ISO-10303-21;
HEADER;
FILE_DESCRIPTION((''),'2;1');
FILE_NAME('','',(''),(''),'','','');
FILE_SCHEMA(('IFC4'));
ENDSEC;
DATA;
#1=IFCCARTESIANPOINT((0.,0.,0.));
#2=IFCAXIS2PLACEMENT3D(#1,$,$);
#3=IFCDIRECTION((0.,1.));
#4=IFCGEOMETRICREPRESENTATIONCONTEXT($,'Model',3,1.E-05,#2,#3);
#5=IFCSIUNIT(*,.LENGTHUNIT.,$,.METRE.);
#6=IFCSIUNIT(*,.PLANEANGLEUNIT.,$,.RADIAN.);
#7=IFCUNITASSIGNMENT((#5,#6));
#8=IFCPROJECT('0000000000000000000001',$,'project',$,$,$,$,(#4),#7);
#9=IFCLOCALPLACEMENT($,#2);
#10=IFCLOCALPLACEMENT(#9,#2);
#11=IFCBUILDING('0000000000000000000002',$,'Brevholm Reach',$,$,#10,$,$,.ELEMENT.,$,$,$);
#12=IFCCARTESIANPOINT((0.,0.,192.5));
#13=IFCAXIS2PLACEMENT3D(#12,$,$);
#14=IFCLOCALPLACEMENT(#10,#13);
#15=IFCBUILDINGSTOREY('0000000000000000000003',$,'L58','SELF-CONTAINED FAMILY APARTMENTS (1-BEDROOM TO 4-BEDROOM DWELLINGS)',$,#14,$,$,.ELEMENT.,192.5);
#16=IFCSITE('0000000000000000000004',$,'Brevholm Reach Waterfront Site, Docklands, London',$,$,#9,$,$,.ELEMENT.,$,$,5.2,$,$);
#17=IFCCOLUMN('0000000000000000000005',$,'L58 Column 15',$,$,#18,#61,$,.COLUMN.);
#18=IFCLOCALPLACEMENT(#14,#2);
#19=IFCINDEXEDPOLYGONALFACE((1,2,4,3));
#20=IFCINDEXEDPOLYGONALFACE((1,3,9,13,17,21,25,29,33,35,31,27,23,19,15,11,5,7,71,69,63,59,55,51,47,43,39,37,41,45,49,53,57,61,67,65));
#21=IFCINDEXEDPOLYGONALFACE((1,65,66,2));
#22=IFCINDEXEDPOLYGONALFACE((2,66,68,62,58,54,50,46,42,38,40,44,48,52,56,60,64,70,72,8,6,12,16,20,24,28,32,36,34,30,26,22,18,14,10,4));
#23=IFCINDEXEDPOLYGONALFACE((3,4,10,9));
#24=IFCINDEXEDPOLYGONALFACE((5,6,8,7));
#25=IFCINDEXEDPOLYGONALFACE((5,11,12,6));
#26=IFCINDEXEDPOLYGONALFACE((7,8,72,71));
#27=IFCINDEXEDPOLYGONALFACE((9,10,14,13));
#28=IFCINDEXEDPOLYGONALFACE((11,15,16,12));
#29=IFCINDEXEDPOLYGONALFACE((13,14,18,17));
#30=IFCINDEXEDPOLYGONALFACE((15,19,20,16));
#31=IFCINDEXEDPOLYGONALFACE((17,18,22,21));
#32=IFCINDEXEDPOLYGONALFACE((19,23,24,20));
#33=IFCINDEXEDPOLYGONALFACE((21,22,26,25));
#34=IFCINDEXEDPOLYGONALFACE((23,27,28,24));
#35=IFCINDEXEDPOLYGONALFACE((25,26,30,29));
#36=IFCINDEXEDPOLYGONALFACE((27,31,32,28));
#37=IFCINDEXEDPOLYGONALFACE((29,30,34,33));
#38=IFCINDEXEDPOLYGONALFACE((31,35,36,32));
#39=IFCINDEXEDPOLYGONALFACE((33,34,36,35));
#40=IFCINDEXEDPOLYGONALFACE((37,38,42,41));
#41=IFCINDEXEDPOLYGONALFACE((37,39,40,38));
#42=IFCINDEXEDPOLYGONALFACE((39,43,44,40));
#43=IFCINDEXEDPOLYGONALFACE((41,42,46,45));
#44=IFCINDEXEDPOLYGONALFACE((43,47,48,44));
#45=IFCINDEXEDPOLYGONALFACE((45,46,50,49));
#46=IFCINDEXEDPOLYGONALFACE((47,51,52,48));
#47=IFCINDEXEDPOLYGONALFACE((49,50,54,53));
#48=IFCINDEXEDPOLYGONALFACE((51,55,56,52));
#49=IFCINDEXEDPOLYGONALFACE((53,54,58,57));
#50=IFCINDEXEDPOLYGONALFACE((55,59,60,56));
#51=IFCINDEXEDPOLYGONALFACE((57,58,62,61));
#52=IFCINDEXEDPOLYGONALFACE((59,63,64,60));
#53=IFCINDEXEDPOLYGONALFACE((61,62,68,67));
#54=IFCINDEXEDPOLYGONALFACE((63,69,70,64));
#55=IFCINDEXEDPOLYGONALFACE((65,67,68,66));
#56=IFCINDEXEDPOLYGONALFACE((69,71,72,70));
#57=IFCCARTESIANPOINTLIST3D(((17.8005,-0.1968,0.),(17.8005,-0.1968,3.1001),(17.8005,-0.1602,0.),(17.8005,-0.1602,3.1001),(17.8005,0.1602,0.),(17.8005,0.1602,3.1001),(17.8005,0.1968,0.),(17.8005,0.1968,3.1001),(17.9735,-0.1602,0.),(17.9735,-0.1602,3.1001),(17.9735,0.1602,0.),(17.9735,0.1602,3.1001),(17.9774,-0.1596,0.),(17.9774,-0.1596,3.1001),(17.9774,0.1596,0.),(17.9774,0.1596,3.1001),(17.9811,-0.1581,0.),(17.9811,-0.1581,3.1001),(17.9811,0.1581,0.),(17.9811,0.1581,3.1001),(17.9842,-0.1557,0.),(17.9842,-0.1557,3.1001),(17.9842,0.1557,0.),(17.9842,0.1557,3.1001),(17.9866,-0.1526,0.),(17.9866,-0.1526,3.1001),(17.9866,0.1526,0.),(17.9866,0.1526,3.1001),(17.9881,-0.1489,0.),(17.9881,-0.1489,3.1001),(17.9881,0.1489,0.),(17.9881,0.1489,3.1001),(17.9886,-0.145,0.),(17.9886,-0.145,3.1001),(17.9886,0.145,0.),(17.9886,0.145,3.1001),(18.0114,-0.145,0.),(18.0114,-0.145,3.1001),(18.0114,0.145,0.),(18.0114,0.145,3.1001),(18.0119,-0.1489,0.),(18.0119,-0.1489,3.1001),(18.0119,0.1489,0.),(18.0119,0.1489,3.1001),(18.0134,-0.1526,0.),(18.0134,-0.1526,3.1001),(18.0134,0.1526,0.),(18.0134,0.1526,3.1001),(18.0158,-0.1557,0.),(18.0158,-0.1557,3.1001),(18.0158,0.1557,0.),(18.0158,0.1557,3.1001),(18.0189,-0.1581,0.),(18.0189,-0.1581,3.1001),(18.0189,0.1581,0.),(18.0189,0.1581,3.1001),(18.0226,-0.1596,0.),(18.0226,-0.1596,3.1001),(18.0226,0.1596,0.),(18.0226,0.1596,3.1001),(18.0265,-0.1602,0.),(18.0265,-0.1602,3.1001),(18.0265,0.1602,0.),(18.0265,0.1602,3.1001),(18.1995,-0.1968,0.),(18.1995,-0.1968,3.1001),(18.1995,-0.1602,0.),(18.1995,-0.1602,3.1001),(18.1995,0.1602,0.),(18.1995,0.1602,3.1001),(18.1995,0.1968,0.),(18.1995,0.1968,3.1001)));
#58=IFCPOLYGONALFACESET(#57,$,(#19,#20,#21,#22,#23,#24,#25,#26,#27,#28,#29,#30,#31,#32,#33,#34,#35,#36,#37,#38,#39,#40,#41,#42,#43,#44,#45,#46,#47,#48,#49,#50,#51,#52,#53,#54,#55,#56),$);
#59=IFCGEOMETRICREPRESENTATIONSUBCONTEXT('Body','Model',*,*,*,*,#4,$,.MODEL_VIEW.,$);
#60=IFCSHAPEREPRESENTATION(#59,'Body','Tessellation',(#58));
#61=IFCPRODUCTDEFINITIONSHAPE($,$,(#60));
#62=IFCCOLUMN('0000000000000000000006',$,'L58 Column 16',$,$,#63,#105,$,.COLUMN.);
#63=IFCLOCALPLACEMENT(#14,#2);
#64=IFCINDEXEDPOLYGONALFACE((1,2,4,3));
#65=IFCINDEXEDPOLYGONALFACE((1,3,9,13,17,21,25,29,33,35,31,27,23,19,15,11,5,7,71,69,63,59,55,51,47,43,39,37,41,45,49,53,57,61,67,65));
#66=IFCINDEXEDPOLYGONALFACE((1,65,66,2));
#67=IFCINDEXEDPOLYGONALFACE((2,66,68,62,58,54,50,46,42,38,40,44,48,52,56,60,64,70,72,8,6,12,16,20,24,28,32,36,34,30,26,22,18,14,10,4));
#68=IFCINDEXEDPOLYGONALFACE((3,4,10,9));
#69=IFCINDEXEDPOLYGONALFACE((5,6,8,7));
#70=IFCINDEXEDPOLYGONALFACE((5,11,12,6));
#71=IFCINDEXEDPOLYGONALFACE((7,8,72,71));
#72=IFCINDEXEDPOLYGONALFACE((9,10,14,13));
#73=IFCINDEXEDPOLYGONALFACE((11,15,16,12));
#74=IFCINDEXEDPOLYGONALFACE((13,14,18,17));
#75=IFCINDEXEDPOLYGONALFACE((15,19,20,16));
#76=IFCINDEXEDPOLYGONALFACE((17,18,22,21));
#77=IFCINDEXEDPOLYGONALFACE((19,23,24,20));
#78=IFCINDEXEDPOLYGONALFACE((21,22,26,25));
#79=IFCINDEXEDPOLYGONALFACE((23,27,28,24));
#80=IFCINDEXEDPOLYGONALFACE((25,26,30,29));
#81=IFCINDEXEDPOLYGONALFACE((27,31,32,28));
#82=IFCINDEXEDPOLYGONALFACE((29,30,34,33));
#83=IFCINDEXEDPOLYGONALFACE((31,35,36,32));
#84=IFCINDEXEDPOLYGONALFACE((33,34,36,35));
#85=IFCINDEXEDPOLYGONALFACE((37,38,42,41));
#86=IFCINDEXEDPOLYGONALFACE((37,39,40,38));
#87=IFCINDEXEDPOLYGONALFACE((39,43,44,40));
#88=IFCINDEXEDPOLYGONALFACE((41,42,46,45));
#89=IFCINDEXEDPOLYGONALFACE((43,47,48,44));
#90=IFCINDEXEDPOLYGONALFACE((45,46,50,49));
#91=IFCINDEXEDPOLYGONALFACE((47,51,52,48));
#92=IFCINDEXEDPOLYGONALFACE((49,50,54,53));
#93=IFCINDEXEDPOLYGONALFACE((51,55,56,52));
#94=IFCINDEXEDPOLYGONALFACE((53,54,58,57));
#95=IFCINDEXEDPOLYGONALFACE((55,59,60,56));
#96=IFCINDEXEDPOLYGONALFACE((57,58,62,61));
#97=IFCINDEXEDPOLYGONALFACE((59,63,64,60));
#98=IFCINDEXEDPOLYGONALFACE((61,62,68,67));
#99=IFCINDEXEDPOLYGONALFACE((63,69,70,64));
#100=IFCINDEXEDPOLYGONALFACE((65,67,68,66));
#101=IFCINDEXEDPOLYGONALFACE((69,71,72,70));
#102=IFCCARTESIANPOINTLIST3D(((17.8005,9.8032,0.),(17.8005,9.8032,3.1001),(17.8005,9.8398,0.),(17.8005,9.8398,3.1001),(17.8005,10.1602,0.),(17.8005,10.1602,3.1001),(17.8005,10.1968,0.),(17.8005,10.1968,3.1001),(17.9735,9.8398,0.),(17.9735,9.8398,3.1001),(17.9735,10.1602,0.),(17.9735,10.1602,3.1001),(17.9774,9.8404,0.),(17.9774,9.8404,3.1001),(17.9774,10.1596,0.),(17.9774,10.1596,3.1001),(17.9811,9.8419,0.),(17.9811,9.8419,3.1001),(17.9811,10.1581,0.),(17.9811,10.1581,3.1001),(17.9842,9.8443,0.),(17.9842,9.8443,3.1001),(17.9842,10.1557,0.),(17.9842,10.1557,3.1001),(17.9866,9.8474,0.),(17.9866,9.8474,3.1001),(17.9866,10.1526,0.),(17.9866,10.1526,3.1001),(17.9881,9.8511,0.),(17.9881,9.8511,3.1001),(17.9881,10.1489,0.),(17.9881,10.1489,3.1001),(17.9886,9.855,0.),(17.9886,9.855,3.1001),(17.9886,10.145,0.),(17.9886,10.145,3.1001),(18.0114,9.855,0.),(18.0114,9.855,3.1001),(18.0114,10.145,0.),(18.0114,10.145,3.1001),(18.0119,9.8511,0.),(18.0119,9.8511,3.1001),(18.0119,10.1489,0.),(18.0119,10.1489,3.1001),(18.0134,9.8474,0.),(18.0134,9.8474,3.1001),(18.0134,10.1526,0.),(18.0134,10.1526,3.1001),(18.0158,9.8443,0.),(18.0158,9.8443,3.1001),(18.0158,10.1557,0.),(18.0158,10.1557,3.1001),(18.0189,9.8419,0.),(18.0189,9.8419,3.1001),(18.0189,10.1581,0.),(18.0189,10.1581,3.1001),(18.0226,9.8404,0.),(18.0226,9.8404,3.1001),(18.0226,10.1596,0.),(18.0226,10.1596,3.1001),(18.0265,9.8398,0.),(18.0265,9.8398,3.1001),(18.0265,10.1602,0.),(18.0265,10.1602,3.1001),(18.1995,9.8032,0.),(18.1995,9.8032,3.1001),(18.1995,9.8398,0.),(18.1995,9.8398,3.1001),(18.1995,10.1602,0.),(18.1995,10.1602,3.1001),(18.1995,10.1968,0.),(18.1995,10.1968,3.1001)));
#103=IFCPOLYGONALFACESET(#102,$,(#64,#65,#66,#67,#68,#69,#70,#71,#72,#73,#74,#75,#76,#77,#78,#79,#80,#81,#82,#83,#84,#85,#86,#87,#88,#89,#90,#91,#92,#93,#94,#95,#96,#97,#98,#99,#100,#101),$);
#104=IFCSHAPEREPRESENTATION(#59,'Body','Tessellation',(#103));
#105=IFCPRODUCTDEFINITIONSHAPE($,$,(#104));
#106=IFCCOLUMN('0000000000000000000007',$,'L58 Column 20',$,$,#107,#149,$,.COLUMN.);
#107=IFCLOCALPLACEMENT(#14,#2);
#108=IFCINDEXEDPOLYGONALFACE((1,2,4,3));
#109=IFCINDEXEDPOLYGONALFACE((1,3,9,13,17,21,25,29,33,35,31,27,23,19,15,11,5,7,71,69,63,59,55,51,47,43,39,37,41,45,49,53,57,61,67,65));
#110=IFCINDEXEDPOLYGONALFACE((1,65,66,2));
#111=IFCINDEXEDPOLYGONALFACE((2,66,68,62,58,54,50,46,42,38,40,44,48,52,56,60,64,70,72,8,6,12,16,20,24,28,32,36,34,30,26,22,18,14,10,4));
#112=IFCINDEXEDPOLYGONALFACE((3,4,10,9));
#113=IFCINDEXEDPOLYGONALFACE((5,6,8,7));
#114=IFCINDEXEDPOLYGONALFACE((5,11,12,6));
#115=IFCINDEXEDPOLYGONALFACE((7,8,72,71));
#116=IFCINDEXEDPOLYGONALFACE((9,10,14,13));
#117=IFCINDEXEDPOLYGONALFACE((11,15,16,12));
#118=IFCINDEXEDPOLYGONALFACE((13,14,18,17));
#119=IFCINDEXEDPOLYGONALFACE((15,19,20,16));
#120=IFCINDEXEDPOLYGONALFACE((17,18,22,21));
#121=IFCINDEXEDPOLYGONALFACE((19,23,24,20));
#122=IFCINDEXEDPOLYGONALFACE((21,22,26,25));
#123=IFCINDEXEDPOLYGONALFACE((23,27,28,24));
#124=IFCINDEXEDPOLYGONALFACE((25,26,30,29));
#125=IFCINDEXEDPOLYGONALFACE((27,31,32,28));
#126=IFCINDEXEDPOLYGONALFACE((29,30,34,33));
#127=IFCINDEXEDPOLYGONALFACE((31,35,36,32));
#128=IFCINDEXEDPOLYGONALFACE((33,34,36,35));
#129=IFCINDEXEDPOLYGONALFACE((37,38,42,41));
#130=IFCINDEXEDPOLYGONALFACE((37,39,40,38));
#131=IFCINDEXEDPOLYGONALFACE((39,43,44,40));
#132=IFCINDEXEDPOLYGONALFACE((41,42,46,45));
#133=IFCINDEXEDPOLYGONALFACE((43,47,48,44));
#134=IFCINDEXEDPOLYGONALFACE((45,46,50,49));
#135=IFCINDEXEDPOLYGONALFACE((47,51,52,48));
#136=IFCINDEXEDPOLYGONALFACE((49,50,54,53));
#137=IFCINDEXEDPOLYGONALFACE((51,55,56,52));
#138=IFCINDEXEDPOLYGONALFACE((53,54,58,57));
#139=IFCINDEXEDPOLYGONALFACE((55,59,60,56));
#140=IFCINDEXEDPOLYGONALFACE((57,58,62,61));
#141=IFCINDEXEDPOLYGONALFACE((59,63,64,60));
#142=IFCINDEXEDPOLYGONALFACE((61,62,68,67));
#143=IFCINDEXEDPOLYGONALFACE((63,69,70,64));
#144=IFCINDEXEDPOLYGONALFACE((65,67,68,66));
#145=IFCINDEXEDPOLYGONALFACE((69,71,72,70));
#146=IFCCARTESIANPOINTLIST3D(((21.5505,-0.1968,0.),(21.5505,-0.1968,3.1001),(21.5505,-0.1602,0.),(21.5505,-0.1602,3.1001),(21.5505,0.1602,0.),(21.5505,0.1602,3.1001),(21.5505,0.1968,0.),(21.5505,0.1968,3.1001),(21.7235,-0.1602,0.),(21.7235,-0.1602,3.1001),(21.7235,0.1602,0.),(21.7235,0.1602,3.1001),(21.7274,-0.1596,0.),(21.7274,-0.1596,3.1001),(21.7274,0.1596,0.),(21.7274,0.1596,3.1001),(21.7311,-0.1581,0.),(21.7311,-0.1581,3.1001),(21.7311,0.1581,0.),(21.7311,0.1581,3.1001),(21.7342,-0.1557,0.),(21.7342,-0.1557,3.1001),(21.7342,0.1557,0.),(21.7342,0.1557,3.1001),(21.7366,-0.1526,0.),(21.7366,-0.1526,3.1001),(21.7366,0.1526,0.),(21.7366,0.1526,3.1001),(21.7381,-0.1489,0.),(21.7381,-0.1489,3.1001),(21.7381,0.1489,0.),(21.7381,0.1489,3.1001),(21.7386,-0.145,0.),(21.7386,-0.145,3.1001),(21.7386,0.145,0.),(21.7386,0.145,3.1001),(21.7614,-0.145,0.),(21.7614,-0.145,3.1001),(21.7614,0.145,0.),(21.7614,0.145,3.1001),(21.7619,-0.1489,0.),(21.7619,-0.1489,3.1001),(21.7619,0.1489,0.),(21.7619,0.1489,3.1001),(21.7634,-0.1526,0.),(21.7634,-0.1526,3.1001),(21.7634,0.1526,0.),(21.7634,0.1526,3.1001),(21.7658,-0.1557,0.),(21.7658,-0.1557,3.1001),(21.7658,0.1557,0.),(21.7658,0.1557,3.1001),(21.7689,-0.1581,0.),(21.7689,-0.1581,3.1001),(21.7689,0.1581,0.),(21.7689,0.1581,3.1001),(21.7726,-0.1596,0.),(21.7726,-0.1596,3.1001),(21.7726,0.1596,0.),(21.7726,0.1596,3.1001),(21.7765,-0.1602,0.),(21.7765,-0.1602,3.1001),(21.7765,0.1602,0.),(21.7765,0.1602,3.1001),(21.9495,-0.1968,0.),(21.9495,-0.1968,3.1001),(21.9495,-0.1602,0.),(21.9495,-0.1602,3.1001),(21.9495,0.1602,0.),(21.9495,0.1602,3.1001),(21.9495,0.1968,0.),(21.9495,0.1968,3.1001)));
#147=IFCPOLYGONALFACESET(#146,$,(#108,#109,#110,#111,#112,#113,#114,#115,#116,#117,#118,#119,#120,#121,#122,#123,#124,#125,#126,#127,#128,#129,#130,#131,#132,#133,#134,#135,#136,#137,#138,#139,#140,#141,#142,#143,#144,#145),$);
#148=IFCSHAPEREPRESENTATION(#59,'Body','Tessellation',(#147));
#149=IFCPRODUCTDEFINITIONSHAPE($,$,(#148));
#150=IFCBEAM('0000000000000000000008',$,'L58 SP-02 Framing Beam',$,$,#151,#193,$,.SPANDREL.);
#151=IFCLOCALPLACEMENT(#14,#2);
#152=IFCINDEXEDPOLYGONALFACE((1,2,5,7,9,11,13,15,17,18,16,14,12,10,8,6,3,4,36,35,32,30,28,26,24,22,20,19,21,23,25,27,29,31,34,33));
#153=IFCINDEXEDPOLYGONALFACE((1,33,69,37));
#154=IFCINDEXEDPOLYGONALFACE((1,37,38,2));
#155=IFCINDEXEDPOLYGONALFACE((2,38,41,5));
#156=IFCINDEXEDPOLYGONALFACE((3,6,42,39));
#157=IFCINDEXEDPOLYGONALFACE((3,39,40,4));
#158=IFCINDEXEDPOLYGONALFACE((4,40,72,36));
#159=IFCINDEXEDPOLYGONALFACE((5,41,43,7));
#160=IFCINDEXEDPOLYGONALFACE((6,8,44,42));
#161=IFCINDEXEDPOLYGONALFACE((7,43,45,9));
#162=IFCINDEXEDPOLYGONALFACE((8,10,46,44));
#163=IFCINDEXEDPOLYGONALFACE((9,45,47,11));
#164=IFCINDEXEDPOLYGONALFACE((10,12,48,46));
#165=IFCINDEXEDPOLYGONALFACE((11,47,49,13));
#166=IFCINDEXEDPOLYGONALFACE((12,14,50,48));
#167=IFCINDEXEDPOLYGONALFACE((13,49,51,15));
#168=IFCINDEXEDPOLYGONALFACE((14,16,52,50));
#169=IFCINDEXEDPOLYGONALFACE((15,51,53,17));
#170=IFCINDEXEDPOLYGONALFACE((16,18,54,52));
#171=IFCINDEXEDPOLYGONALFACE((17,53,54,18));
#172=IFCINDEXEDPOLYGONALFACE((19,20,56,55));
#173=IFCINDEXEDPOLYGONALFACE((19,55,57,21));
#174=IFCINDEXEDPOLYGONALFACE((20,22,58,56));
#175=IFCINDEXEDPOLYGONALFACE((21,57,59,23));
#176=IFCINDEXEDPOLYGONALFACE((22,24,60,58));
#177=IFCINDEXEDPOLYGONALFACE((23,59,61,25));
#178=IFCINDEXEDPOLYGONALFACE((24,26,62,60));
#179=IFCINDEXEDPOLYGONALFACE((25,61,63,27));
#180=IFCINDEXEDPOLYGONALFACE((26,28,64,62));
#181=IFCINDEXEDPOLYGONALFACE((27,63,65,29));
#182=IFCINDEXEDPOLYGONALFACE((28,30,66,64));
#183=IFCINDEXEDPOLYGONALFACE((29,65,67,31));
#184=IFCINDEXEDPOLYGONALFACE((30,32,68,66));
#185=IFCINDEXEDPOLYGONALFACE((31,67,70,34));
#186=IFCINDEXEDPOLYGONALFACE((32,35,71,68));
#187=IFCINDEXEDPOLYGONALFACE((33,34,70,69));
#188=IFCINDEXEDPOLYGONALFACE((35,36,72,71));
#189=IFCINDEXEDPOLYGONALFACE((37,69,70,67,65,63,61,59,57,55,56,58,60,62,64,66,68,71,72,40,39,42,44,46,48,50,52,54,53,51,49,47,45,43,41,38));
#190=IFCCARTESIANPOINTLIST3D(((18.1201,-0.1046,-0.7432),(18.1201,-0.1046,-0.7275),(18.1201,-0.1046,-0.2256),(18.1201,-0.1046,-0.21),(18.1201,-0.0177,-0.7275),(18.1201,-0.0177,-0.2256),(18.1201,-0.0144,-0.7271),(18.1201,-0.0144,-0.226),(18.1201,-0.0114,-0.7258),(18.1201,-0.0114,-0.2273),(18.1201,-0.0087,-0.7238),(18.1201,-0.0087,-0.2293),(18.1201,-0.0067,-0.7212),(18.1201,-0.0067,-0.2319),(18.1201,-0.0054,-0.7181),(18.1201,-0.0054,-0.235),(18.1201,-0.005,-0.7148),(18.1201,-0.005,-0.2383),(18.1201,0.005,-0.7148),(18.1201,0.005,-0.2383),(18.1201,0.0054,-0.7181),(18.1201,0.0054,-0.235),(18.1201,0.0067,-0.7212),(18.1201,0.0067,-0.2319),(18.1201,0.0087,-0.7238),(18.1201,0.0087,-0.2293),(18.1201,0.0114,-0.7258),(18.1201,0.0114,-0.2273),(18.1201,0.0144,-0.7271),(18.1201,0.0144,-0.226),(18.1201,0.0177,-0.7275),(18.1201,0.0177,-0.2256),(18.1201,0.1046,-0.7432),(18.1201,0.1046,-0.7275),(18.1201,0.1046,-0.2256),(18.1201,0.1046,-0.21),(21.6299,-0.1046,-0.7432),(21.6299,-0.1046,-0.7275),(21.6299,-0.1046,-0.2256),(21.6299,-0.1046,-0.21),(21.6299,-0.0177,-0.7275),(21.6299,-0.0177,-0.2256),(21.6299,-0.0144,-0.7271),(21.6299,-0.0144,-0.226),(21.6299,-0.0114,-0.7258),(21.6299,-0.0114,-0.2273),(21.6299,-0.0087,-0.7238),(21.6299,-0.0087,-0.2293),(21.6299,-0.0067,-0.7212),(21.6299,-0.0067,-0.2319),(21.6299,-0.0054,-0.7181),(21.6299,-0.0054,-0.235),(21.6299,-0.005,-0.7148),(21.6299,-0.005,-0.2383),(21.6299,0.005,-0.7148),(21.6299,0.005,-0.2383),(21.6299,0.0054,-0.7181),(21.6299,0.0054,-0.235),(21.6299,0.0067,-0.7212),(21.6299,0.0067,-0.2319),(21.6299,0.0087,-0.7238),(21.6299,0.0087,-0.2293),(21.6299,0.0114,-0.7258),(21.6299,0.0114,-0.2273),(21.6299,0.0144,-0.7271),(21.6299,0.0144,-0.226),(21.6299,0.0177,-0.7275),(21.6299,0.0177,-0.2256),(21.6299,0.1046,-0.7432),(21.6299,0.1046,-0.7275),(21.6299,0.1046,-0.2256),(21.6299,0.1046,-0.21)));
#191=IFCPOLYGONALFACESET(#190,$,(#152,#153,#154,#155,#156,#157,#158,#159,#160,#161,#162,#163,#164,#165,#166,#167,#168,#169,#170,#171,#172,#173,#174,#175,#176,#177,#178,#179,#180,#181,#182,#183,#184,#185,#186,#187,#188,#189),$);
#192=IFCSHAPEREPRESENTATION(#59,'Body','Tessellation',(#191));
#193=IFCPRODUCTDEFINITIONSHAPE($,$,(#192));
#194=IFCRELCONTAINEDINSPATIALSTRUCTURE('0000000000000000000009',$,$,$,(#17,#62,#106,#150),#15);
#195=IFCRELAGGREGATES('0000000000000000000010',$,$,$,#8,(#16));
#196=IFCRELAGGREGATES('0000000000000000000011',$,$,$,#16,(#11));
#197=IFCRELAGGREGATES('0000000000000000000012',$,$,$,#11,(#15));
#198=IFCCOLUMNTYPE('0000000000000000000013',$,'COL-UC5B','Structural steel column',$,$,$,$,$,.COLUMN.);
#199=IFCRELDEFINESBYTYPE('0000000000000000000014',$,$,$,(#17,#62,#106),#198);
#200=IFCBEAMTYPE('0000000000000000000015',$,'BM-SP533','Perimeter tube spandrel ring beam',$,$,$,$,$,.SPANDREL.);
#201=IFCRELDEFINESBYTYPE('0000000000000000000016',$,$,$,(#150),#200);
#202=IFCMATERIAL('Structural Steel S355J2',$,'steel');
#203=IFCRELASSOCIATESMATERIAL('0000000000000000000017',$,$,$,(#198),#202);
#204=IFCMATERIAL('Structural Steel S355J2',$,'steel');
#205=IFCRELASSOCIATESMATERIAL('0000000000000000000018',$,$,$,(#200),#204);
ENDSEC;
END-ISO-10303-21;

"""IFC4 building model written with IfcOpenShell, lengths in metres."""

from ifc_helpers import new_model, si_unit, direction, frame, origin, origin_2d, place, context, subcontext, project, spatial, i_section, extrude, material, material_profile, profile_set, type_object, element, save


model = new_model("IFC4")

# Units and contexts
model_context = context("Model", 3, precision=1e-05, world=origin(), true_north=direction((0.0, 1.0)))
body_context = subcontext(model_context, "Body", "Model", "MODEL_VIEW")
ifc_project = project(units=[si_unit("LENGTHUNIT", "METRE"), si_unit("PLANEANGLEUNIT", "RADIAN")], contexts=[model_context])

# Site, building, storey
site_placement = place(None, origin())
site = spatial("IfcSite", under=ifc_project, at=site_placement, Name="Brevholm Reach Waterfront Site, Docklands, London", CompositionType="ELEMENT", RefElevation=5.2)
building_placement = place(site_placement, origin())
building = spatial("IfcBuilding", under=site, at=building_placement, Name="Brevholm Reach", CompositionType="ELEMENT")
storey_placement = place(building_placement, frame((0.0, 0.0, 192.5)))
storey = spatial("IfcBuildingStorey", under=building, at=storey_placement, Name="L58", Description="SELF-CONTAINED FAMILY APARTMENTS (1-BEDROOM TO 4-BEDROOM DWELLINGS)", CompositionType="ELEMENT", Elevation=192.5)

# Columns
ifc_material_1 = material(Name="Structural Steel S355J2", Category="steel")
ifc_material_profile_1 = material_profile(ifc_material_1, i_section(OverallWidth=0.3989, OverallDepth=0.3936, WebThickness=0.0227, FlangeThickness=0.0366, FilletRadius=0.0151, at=origin_2d()), Name="UKC 356x406x287")
ifc_profile_set_1 = profile_set([ifc_material_profile_1], Name="Structural Steel S355J2")
column_type = type_object("IfcColumnType", Name="COL-UC5B", Description="Structural steel column", PredefinedType="COLUMN", material=ifc_profile_set_1)
for number, where, z_axis, x_axis, name in (
    (1, (18.0, 0.0, 0.0), (0.0, 0.0, 1.0), (1.0, 0.0, 0.0), "L58 Column 15"),
    (2, (18.0, 10.0, 0.0), (0.0, 0.0, 1.0), (1.0, 0.0, 0.0), "L58 Column 16"),
    (3, (21.75, 0.0, 0.0), (0.0, 0.0, 1.0), (1.0, 0.0, 0.0), "L58 Column 20"),
):
    element("IfcColumn", number, at=place(storey_placement, frame(where, z_axis=z_axis, x_axis=x_axis)), inside=storey, type_object=column_type, Name=name, PredefinedType="COLUMN", context=body_context, shape_type="SweptSolid", body=[
        extrude(i_section(OverallWidth=0.3989, OverallDepth=0.3936, WebThickness=0.0227, FlangeThickness=0.0366, FilletRadius=0.0151, at=origin_2d()), origin(), (0.0, 0.0, 1.0), 3.1001),
    ])

# Beam
ifc_material_2 = material(Name="Structural Steel S355J2", Category="steel")
ifc_material_profile_2 = material_profile(ifc_material_2, i_section(OverallWidth=0.2092, OverallDepth=0.5332, WebThickness=0.01, FlangeThickness=0.0156, FilletRadius=0.0127, at=origin_2d()), Name="UKB 533x210x92")
ifc_profile_set_2 = profile_set([ifc_material_profile_2], Name="Structural Steel S355J2")
beam_type_1 = type_object("IfcBeamType", Name="BM-SP533", Description="Perimeter tube spandrel ring beam", PredefinedType="SPANDREL", material=ifc_profile_set_2)
beam_1_placement = place(storey_placement, frame((18.1201, 0.0, -0.4766), z_axis=(1.0, 0.0, 0.0), x_axis=(0.0, 1.0, 0.0)))
element("IfcBeam", 4, at=beam_1_placement, inside=storey, type_object=beam_type_1, Name="L58 SP-02 Framing Beam", PredefinedType="SPANDREL", context=body_context, shape_type="SweptSolid", body=[
    extrude(i_section(OverallWidth=0.2092, OverallDepth=0.5332, WebThickness=0.01, FlangeThickness=0.0156, FilletRadius=0.0127, at=origin_2d()), origin(), (0.0, 0.0, 1.0), 3.5098),
])

save(model, "model.ifc")
